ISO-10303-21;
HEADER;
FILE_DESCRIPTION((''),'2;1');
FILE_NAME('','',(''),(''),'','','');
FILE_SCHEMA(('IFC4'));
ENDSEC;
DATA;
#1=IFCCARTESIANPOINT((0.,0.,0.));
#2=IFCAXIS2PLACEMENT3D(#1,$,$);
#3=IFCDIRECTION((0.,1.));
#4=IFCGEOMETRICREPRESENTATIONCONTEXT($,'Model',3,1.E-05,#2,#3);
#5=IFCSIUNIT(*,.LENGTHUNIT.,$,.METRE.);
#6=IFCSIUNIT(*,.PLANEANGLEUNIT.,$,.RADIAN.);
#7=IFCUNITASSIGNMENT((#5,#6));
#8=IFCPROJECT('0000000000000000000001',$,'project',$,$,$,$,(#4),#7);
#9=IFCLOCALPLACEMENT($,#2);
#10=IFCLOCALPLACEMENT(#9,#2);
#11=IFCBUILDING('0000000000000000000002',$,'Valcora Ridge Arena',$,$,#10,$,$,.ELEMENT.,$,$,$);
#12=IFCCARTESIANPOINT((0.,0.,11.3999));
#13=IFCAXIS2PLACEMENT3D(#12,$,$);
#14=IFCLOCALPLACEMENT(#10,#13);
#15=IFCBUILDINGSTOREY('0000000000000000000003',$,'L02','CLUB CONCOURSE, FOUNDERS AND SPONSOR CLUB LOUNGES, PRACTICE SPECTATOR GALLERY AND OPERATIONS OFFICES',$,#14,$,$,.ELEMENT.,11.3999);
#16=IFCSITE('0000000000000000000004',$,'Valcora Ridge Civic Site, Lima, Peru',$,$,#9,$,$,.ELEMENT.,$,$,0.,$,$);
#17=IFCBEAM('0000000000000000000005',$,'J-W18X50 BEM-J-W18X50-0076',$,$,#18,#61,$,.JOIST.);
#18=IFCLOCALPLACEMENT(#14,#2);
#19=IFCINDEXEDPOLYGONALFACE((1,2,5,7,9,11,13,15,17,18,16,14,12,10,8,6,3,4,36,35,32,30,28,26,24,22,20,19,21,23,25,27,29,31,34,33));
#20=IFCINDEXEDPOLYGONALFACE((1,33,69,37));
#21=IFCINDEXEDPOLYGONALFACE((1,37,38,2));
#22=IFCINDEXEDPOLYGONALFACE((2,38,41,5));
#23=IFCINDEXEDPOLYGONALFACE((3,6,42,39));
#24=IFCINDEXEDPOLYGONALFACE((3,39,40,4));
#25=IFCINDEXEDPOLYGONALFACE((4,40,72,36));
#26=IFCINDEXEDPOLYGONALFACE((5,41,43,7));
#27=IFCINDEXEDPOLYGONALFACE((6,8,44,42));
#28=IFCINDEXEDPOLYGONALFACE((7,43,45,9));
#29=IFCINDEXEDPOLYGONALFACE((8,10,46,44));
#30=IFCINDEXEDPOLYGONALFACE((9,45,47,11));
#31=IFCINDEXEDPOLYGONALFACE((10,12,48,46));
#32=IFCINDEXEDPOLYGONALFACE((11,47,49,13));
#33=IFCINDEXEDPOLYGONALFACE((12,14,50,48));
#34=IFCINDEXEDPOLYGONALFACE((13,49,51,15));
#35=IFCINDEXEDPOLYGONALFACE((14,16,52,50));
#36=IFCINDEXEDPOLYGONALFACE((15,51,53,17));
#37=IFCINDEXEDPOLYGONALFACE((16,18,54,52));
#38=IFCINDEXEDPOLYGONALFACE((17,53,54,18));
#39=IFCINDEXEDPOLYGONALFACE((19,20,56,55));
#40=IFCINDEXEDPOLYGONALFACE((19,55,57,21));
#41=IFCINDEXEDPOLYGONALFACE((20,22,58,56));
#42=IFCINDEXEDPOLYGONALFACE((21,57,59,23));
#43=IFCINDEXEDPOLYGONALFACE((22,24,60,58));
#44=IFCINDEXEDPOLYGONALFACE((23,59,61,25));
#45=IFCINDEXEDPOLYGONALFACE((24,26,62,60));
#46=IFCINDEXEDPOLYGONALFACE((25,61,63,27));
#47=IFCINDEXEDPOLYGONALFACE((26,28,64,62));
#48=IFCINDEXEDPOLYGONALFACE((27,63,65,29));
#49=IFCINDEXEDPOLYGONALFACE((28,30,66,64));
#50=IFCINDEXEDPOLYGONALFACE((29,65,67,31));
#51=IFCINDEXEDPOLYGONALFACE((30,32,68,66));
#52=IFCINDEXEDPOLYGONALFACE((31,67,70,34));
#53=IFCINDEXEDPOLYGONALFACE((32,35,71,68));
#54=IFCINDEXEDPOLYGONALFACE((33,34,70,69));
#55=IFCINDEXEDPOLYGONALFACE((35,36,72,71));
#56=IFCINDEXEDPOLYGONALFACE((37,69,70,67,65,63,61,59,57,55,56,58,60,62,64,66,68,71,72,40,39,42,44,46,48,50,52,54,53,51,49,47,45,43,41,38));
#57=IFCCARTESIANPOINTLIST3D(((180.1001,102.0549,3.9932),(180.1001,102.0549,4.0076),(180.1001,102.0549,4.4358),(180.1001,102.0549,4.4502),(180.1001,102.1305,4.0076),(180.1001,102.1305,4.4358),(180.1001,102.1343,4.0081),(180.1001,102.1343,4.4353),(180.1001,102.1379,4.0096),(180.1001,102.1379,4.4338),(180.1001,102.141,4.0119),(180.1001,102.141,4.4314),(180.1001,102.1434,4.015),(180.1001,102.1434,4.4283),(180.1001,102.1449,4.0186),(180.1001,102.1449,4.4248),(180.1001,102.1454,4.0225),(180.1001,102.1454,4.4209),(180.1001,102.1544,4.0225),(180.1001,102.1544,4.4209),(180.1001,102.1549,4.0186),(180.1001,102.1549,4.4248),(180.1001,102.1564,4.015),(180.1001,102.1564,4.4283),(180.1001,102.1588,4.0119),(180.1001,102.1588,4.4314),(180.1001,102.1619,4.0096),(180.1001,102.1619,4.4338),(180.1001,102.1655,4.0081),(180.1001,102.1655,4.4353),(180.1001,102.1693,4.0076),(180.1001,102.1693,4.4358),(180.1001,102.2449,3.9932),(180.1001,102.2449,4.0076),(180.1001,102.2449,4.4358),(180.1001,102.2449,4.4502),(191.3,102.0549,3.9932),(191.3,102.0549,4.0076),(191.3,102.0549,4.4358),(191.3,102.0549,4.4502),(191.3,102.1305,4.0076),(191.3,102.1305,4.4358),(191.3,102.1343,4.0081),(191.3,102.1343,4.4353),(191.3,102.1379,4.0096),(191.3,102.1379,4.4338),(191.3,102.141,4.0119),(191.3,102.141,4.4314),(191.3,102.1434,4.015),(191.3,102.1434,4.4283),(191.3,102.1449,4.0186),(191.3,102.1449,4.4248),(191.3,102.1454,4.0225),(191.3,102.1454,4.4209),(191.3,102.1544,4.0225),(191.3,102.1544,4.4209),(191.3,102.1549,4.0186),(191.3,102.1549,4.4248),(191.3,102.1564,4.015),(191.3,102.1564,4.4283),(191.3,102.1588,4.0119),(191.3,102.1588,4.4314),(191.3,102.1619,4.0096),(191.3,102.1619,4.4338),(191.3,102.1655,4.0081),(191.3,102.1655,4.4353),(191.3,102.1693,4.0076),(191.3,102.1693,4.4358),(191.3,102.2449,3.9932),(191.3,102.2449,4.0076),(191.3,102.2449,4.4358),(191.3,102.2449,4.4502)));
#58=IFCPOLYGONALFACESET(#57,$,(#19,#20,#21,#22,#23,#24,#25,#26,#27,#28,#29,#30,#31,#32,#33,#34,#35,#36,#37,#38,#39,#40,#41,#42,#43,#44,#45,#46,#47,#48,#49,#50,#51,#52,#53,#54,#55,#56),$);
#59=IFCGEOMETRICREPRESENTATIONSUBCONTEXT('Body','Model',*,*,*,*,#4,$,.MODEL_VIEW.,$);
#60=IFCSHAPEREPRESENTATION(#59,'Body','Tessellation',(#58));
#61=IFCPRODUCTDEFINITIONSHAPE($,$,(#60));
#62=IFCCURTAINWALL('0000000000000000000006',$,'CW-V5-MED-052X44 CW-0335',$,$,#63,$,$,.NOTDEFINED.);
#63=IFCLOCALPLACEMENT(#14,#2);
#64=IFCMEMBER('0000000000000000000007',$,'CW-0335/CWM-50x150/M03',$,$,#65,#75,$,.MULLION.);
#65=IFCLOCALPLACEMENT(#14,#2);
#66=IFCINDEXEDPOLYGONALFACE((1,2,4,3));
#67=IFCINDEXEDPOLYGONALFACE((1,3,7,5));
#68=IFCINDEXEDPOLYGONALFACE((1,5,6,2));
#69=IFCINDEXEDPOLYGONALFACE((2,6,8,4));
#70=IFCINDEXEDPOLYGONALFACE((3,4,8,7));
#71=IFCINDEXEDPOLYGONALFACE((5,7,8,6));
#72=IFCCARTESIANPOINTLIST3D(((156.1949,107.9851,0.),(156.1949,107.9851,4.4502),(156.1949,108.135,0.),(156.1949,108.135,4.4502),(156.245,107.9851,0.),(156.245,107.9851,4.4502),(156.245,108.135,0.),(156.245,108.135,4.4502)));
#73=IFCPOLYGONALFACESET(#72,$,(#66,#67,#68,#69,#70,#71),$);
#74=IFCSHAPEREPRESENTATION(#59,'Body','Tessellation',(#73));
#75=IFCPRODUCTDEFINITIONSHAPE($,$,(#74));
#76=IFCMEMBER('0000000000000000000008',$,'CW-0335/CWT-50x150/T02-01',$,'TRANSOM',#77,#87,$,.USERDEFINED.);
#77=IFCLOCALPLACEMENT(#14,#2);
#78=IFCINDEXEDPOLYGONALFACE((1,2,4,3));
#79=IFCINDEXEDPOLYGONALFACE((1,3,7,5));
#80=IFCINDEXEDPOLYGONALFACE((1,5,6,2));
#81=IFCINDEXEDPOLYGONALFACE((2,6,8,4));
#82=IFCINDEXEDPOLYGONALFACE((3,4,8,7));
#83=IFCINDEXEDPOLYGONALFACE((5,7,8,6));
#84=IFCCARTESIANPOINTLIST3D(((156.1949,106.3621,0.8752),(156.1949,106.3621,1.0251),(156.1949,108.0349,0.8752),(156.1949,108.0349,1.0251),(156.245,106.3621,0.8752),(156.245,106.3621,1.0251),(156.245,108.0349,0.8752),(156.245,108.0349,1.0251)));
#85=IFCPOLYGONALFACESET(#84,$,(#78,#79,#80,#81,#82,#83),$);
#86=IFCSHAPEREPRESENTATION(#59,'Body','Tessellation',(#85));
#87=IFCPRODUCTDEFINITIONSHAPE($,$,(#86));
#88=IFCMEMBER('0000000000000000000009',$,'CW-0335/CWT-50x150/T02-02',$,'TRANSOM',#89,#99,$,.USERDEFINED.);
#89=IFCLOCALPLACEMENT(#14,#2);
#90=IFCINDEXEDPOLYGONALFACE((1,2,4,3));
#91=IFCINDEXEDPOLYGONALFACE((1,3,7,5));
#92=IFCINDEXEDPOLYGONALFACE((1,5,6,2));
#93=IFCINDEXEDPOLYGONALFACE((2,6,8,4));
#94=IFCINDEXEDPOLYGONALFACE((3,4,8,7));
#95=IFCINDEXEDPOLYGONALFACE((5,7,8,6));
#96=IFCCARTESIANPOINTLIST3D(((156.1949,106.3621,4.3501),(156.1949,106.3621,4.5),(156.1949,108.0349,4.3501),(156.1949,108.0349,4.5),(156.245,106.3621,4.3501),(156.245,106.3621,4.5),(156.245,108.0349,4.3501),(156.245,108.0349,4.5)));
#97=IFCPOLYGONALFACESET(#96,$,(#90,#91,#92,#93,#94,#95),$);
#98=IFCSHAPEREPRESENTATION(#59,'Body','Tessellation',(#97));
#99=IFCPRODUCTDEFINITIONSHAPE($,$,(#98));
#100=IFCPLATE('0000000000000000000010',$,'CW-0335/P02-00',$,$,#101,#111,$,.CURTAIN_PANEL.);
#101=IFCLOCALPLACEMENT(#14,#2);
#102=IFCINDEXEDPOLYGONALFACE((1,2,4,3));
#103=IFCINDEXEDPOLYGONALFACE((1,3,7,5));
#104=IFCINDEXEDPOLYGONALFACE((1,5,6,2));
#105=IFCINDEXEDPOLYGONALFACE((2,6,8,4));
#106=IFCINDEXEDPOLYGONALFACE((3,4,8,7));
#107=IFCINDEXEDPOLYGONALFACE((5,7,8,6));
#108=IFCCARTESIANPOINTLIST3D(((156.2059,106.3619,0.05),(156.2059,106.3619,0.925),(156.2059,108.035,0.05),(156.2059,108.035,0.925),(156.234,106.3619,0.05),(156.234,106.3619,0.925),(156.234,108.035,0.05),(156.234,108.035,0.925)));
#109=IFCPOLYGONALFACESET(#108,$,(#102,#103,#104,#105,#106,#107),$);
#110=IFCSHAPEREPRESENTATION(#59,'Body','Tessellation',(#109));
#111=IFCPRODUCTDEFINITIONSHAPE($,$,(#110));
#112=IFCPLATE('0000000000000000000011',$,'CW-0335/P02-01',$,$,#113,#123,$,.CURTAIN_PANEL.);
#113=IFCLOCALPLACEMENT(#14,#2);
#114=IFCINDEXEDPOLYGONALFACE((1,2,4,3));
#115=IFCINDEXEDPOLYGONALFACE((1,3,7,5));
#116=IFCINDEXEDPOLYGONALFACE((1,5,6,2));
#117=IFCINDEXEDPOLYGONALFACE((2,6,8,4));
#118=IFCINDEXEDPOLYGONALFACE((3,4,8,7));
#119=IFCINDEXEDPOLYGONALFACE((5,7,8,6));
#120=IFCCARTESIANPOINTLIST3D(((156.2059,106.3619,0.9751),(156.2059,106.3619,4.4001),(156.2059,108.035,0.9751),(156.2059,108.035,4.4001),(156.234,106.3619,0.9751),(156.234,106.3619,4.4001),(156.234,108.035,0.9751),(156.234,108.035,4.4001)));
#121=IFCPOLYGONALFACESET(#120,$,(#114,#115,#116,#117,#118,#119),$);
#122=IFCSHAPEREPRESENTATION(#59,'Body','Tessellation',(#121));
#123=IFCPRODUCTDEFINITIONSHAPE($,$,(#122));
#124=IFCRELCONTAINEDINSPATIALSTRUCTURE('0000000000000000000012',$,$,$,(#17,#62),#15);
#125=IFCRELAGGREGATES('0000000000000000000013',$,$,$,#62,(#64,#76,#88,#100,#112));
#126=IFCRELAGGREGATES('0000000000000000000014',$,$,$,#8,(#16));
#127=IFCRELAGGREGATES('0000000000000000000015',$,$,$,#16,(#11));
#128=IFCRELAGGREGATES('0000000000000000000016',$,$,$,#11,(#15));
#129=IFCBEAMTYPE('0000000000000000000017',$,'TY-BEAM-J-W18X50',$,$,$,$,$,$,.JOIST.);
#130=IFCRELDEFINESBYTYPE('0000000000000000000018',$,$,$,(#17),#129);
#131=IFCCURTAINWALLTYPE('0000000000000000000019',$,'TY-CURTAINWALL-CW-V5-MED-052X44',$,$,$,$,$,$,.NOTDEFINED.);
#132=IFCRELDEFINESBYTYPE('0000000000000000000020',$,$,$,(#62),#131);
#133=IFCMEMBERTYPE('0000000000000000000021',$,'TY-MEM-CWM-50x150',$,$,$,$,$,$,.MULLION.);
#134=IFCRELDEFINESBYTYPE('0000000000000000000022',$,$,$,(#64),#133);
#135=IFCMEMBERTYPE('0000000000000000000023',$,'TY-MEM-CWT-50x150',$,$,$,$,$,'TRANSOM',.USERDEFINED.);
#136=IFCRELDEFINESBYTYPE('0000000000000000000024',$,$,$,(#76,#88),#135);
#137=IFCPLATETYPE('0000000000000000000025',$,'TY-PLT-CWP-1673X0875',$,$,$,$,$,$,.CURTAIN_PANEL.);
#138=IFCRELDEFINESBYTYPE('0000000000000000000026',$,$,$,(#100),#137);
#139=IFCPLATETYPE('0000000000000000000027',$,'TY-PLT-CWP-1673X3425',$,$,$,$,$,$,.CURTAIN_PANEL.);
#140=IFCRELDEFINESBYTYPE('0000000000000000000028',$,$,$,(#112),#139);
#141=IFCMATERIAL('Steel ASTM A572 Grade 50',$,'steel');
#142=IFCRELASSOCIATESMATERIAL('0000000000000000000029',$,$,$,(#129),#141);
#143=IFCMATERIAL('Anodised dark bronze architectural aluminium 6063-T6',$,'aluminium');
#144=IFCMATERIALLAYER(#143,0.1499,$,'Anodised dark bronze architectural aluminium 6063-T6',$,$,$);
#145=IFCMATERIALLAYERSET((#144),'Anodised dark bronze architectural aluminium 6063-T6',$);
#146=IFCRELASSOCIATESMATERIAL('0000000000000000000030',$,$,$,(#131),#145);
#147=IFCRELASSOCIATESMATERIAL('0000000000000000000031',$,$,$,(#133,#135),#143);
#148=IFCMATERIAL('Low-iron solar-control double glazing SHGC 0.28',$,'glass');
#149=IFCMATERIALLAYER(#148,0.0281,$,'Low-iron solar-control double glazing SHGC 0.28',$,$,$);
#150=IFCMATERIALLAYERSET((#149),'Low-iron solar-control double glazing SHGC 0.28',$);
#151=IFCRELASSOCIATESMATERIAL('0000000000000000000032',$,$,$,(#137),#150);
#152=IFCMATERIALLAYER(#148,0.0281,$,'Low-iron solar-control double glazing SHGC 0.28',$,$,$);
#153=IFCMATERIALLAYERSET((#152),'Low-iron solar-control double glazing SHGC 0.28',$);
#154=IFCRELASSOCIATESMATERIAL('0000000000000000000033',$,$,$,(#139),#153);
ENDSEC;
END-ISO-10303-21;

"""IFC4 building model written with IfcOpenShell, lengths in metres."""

from ifc_helpers import new_model, si_unit, direction, frame, origin, origin_2d, place, context, subcontext, project, spatial, rectangle, i_section, extrude, material, layer, layer_set, material_profile, profile_set, type_object, element, aggregate, save


model = new_model("IFC4")

# Units and contexts
model_context = context("Model", 3, precision=1e-05, world=origin(), true_north=direction((0.0, 1.0)))
body_context = subcontext(model_context, "Body", "Model", "MODEL_VIEW")
ifc_project = project(units=[si_unit("LENGTHUNIT", "METRE"), si_unit("PLANEANGLEUNIT", "RADIAN")], contexts=[model_context])

# Site, building, storey
site_placement = place(None, origin())
site = spatial("IfcSite", under=ifc_project, at=site_placement, Name="Valcora Ridge Civic Site, Lima, Peru", CompositionType="ELEMENT", RefElevation=0.0)
building_placement = place(site_placement, origin())
building = spatial("IfcBuilding", under=site, at=building_placement, Name="Valcora Ridge Arena", CompositionType="ELEMENT")
storey_placement = place(building_placement, frame((0.0, 0.0, 11.3999)))
storey = spatial("IfcBuildingStorey", under=building, at=storey_placement, Name="L02", Description="CLUB CONCOURSE, FOUNDERS AND SPONSOR CLUB LOUNGES, PRACTICE SPECTATOR GALLERY AND OPERATIONS OFFICES", CompositionType="ELEMENT", Elevation=11.3999)

# Beam
ifc_material_1 = material(Name="Steel ASTM A572 Grade 50", Category="steel")
ifc_material_profile_1 = material_profile(ifc_material_1, i_section(OverallWidth=0.1899, OverallDepth=0.457, WebThickness=0.009, FlangeThickness=0.0144, FilletRadius=0.0149, at=origin_2d()), Name="W18X50")
ifc_profile_set_1 = profile_set([ifc_material_profile_1], Name="Steel ASTM A572 Grade 50")
beam_type_1 = type_object("IfcBeamType", Name="TY-BEAM-J-W18X50", PredefinedType="JOIST", material=ifc_profile_set_1)
beam_1_placement = place(storey_placement, frame((180.1001, 102.1499, 4.2217), z_axis=(1.0, 0.0, 0.0), x_axis=(0.0, 1.0, 0.0)))
element("IfcBeam", 1, at=beam_1_placement, inside=storey, type_object=beam_type_1, Name="J-W18X50 BEM-J-W18X50-0076", PredefinedType="JOIST", context=body_context, shape_type="SweptSolid", body=[
    extrude(i_section(OverallWidth=0.1899, OverallDepth=0.457, WebThickness=0.009, FlangeThickness=0.0144, FilletRadius=0.0149, at=origin_2d()), origin(), (0.0, 0.0, 1.0), 11.2),
])

# Curtain wall, members, plates
ifc_material_2 = material(Name="Anodised dark bronze architectural aluminium 6063-T6", Category="aluminium")
ifc_layer_1 = layer(ifc_material_2, 0.1499, Name="Anodised dark bronze architectural aluminium 6063-T6")
ifc_layer_set_1 = layer_set([ifc_layer_1], Name="Anodised dark bronze architectural aluminium 6063-T6")
curtain_wall_type = type_object("IfcCurtainWallType", Name="TY-CURTAINWALL-CW-V5-MED-052X44", PredefinedType="NOTDEFINED", material=ifc_layer_set_1)
curtain_wall_placement = place(storey_placement, origin())
curtain_wall = element("IfcCurtainWall", 2, at=curtain_wall_placement, inside=storey, type_object=curtain_wall_type, Name="CW-V5-MED-052X44 CW-0335", PredefinedType="NOTDEFINED")
ifc_material_profile_2 = material_profile(ifc_material_2, rectangle(XDim=0.05, YDim=0.1499, at=origin_2d()), Name="ALU MULLION 50x150")
ifc_profile_set_2 = profile_set([ifc_material_profile_2], Name="Anodised dark bronze architectural aluminium 6063-T6")
member_type_1 = type_object("IfcMemberType", Name="TY-MEM-CWM-50x150", PredefinedType="MULLION", material=ifc_profile_set_2)
member_1_placement = place(storey_placement, frame((156.22, 108.0601, 0.0), z_axis=(0.0, 0.0, 1.0), x_axis=(-1.0, 0.0, 0.0)))
member_1 = element("IfcMember", 3, at=member_1_placement, type_object=member_type_1, Name="CW-0335/CWM-50x150/M03", PredefinedType="MULLION", context=body_context, shape_type="SweptSolid", body=[
    extrude(rectangle(XDim=0.05, YDim=0.1499, at=origin_2d()), origin(), (0.0, 0.0, 1.0), 4.4502),
])
ifc_material_profile_3 = material_profile(ifc_material_2, rectangle(XDim=0.05, YDim=0.1499, at=origin_2d()), Name="ALU TRANSOM 50x150")
ifc_profile_set_3 = profile_set([ifc_material_profile_3], Name="Anodised dark bronze architectural aluminium 6063-T6")
member_type_2 = type_object("IfcMemberType", Name="TY-MEM-CWT-50x150", ElementType="TRANSOM", PredefinedType="USERDEFINED", material=ifc_profile_set_3)
member_2_placement = place(storey_placement, frame((156.22, 106.3621, 0.9502), z_axis=(0.0, 1.0, 0.0), x_axis=(-1.0, 0.0, 0.0)))
member_2 = element("IfcMember", 4, at=member_2_placement, type_object=member_type_2, Name="CW-0335/CWT-50x150/T02-01", ObjectType="TRANSOM", PredefinedType="USERDEFINED", context=body_context, shape_type="SweptSolid", body=[
    extrude(rectangle(XDim=0.05, YDim=0.1499, at=origin_2d()), origin(), (0.0, 0.0, 1.0), 1.6729),
])
member_3_placement = place(storey_placement, frame((156.22, 106.3621, 4.425), z_axis=(0.0, 1.0, 0.0), x_axis=(-1.0, 0.0, 0.0)))
member_3 = element("IfcMember", 5, at=member_3_placement, type_object=member_type_2, Name="CW-0335/CWT-50x150/T02-02", ObjectType="TRANSOM", PredefinedType="USERDEFINED", context=body_context, shape_type="SweptSolid", body=[
    extrude(rectangle(XDim=0.05, YDim=0.1499, at=origin_2d()), origin(), (0.0, 0.0, 1.0), 1.6729),
])
ifc_material_3 = material(Name="Low-iron solar-control double glazing SHGC 0.28", Category="glass")
ifc_layer_2 = layer(ifc_material_3, 0.0281, Name="Low-iron solar-control double glazing SHGC 0.28")
ifc_layer_set_2 = layer_set([ifc_layer_2], Name="Low-iron solar-control double glazing SHGC 0.28")
plate_type_1 = type_object("IfcPlateType", Name="TY-PLT-CWP-1673X0875", PredefinedType="CURTAIN_PANEL", material=ifc_layer_set_2)
plate_1_placement = place(storey_placement, frame((156.22, 107.1985, 0.05), z_axis=(0.0, 0.0, 1.0), x_axis=(0.0, 1.0, 0.0)))
plate_1 = element("IfcPlate", 6, at=plate_1_placement, type_object=plate_type_1, Name="CW-0335/P02-00", PredefinedType="CURTAIN_PANEL", context=body_context, shape_type="SweptSolid", body=[
    extrude(rectangle(XDim=1.6731, YDim=0.0281, at=origin_2d()), origin(), (0.0, 0.0, 1.0), 0.875),
])
ifc_layer_3 = layer(ifc_material_3, 0.0281, Name="Low-iron solar-control double glazing SHGC 0.28")
ifc_layer_set_3 = layer_set([ifc_layer_3], Name="Low-iron solar-control double glazing SHGC 0.28")
plate_type_2 = type_object("IfcPlateType", Name="TY-PLT-CWP-1673X3425", PredefinedType="CURTAIN_PANEL", material=ifc_layer_set_3)
plate_2_placement = place(storey_placement, frame((156.22, 107.1985, 0.9751), z_axis=(0.0, 0.0, 1.0), x_axis=(0.0, 1.0, 0.0)))
plate_2 = element("IfcPlate", 7, at=plate_2_placement, type_object=plate_type_2, Name="CW-0335/P02-01", PredefinedType="CURTAIN_PANEL", context=body_context, shape_type="SweptSolid", body=[
    extrude(rectangle(XDim=1.6731, YDim=0.0281, at=origin_2d()), origin(), (0.0, 0.0, 1.0), 3.425),
])
aggregate(curtain_wall, [member_1, member_2, member_3, plate_1, plate_2])

save(model, "model.ifc")
